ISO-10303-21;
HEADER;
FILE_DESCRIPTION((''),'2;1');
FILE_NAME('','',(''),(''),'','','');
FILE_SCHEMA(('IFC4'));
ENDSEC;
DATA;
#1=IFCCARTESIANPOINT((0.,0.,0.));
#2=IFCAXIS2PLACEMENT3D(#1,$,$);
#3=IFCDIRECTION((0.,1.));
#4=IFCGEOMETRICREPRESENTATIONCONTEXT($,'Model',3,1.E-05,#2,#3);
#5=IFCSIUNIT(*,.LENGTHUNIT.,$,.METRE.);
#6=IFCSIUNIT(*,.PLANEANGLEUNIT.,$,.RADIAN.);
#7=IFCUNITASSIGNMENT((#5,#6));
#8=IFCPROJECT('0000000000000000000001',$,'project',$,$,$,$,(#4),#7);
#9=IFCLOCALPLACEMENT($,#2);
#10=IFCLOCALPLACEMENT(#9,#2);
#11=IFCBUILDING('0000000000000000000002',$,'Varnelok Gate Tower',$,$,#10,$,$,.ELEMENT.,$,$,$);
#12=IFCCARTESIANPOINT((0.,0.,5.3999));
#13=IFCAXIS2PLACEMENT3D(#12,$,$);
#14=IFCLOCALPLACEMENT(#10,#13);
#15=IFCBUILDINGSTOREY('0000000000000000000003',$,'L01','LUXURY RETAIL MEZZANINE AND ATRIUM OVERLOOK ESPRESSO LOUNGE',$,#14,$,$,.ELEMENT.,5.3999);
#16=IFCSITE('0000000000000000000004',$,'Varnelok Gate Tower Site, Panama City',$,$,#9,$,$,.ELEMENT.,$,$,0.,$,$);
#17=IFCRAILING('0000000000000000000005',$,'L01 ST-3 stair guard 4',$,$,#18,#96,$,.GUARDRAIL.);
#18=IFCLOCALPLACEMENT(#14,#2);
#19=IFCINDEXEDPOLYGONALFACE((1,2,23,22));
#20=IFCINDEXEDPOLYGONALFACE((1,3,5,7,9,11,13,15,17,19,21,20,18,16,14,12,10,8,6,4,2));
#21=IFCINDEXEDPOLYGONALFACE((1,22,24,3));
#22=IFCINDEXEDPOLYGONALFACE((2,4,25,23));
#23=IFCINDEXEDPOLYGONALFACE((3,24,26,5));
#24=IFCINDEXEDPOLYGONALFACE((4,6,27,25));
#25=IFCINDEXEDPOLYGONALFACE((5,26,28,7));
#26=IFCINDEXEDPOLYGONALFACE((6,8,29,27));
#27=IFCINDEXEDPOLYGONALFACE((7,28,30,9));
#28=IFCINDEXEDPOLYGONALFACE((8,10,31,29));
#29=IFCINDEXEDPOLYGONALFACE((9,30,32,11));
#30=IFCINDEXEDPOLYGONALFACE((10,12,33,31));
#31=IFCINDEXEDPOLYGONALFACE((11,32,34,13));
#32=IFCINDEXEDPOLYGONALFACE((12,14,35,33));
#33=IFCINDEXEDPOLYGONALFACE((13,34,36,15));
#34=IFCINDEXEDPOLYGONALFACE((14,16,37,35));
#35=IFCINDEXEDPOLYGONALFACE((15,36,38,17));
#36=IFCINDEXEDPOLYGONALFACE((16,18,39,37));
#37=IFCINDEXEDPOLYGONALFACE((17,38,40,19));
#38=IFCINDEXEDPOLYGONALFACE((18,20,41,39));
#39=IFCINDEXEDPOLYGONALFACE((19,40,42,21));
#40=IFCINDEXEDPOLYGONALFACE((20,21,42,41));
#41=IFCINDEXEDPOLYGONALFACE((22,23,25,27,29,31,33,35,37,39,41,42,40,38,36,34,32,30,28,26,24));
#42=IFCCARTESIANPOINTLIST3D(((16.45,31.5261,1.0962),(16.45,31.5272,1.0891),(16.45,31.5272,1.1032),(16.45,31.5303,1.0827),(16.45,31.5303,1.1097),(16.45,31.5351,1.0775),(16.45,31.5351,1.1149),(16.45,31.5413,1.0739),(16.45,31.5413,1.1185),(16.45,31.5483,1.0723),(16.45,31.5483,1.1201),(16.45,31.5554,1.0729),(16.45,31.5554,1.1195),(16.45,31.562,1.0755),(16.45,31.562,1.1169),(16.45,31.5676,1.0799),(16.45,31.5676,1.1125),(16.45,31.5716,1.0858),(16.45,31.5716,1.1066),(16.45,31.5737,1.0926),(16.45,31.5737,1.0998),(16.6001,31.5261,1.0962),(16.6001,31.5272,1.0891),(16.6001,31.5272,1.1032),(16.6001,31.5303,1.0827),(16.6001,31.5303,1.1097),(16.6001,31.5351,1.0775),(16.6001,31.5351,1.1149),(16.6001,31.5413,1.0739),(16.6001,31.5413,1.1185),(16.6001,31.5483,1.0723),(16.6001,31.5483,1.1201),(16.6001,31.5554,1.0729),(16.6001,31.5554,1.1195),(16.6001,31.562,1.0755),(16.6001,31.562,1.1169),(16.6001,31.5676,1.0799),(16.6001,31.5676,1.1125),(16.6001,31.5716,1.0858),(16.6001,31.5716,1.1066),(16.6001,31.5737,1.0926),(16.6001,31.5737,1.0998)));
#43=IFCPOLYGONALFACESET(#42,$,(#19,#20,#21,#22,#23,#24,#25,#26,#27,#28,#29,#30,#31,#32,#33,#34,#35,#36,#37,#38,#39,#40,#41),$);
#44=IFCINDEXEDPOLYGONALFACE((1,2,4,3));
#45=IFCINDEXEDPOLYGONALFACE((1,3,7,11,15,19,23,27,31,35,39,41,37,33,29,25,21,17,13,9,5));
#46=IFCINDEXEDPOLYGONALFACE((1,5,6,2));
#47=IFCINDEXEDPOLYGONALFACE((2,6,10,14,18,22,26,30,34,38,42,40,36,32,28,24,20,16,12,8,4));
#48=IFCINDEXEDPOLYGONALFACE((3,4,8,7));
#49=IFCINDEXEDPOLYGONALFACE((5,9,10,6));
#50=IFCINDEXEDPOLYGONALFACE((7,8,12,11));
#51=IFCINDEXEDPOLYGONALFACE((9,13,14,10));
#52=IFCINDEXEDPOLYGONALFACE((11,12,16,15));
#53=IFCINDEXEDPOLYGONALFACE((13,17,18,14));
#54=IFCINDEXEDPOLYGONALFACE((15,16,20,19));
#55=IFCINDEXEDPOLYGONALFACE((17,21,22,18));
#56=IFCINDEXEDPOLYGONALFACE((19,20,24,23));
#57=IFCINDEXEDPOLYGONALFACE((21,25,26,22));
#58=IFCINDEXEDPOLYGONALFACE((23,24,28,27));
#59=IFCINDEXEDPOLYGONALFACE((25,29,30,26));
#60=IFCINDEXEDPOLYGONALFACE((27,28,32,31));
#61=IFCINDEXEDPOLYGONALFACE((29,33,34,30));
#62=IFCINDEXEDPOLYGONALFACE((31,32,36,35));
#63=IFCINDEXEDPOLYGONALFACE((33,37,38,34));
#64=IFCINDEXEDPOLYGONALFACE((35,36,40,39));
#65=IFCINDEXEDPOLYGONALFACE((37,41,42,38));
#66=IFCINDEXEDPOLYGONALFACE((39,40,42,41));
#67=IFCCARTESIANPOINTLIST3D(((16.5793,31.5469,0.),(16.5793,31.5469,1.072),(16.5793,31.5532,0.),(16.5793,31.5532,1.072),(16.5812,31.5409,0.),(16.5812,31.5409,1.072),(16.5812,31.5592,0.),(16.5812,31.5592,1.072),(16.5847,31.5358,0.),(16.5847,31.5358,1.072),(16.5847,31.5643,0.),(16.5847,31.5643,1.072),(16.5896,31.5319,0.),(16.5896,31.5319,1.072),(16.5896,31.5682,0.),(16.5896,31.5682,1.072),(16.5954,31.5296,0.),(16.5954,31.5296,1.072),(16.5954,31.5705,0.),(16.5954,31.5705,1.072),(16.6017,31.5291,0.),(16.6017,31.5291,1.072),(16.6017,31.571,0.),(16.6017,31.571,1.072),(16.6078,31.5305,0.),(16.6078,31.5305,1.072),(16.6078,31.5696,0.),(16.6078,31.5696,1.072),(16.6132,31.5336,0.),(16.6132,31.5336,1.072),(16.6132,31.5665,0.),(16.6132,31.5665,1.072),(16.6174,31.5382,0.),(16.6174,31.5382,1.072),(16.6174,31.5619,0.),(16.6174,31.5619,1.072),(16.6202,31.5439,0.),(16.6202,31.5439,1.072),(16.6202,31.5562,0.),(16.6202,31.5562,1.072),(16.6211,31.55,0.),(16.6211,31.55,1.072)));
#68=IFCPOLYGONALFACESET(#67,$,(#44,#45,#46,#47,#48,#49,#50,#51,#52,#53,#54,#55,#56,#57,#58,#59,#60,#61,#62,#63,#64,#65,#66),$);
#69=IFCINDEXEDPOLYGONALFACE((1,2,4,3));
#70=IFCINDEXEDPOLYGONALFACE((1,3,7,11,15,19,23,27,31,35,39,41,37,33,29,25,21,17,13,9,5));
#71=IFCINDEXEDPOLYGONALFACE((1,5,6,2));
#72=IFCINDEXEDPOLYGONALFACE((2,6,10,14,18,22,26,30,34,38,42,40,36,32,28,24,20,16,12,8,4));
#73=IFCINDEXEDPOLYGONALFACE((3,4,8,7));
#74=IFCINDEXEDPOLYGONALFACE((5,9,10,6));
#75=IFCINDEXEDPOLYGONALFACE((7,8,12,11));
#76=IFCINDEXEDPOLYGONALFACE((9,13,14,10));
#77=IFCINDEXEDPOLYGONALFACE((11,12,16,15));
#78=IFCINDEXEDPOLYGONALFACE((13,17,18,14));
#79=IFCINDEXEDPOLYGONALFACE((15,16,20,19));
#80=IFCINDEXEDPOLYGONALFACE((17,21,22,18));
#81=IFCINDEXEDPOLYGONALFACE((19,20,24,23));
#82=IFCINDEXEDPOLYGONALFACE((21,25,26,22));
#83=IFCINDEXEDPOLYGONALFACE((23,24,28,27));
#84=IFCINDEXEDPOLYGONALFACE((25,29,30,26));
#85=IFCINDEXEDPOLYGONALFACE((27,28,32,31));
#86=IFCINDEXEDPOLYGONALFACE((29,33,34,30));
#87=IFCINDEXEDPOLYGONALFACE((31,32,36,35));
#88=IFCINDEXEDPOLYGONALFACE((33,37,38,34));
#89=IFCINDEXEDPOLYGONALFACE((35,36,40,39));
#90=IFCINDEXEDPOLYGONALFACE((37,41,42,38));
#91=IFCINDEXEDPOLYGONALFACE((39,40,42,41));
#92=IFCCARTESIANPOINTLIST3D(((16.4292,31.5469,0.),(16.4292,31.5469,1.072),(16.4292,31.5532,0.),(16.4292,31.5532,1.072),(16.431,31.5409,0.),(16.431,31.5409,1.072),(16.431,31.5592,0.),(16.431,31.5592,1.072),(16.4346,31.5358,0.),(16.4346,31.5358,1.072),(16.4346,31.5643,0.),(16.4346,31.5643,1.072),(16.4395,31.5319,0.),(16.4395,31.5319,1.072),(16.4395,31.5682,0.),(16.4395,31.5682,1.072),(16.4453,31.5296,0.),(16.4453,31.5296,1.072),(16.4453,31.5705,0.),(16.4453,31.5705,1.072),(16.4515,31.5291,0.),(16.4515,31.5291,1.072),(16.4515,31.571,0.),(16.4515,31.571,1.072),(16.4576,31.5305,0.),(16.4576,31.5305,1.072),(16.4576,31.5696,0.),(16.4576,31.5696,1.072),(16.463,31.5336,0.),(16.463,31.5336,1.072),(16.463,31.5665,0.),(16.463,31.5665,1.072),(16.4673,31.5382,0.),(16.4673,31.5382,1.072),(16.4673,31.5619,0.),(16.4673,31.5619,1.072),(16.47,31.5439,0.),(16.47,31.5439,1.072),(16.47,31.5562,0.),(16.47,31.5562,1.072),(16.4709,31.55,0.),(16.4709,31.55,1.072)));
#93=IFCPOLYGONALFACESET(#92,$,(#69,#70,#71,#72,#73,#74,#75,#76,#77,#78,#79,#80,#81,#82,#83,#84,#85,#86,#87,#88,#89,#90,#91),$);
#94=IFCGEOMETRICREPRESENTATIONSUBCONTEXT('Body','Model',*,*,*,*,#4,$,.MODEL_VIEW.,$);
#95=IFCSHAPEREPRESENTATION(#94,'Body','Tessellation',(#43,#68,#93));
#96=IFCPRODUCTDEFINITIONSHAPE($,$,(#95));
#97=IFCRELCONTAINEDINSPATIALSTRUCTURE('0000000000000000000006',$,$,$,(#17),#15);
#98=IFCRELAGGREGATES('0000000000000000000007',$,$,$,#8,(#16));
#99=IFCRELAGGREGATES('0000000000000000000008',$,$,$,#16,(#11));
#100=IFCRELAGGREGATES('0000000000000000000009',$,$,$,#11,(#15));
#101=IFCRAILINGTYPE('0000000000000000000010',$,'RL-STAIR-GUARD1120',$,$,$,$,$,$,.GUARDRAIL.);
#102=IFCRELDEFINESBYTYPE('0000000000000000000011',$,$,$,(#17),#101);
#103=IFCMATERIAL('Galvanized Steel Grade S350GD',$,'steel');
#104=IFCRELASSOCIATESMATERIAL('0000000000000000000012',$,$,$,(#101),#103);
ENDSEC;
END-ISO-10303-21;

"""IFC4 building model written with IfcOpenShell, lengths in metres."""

from ifc_helpers import new_model, si_unit, direction, frame, origin, origin_2d, place, context, subcontext, project, spatial, circle, extrude, material, type_object, element, save


model = new_model("IFC4")

# Units and contexts
model_context = context("Model", 3, precision=1e-05, world=origin(), true_north=direction((0.0, 1.0)))
body_context = subcontext(model_context, "Body", "Model", "MODEL_VIEW")
ifc_project = project(units=[si_unit("LENGTHUNIT", "METRE"), si_unit("PLANEANGLEUNIT", "RADIAN")], contexts=[model_context])

# Site, building, storey
site_placement = place(None, origin())
site = spatial("IfcSite", under=ifc_project, at=site_placement, Name="Varnelok Gate Tower Site, Panama City", CompositionType="ELEMENT", RefElevation=0.0)
building_placement = place(site_placement, origin())
building = spatial("IfcBuilding", under=site, at=building_placement, Name="Varnelok Gate Tower", CompositionType="ELEMENT")
storey_placement = place(building_placement, frame((0.0, 0.0, 5.3999)))
storey = spatial("IfcBuildingStorey", under=building, at=storey_placement, Name="L01", Description="LUXURY RETAIL MEZZANINE AND ATRIUM OVERLOOK ESPRESSO LOUNGE", CompositionType="ELEMENT", Elevation=5.3999)

# Shared definitions
ifc_material_1 = material(Name="Galvanized Steel Grade S350GD", Category="steel")

# Railing
railing_type_1 = type_object("IfcRailingType", Name="RL-STAIR-GUARD1120", PredefinedType="GUARDRAIL", material=ifc_material_1)
railing_1_placement = place(storey_placement, frame((16.6001, 31.55, 0.0)))
element("IfcRailing", 1, at=railing_1_placement, inside=storey, type_object=railing_type_1, Name="L01 ST-3 stair guard 4", PredefinedType="GUARDRAIL", context=body_context, shape_type="SweptSolid", body=[
    extrude(circle(Radius=0.0239, at=origin_2d()), frame((0.0, 0.0, 1.0962), z_axis=(-1.0, 0.0, 0.0), x_axis=(0.0, -1.0, 0.0)), (0.0, 0.0, 1.0), 0.1501),
    extrude(circle(Radius=0.021, at=origin_2d()), origin(), (0.0, 0.0, 1.0), 1.072),
    extrude(circle(Radius=0.021, at=origin_2d()), frame((-0.1501, 0.0, 0.0)), (0.0, 0.0, 1.0), 1.072),
])

save(model, "model.ifc")
